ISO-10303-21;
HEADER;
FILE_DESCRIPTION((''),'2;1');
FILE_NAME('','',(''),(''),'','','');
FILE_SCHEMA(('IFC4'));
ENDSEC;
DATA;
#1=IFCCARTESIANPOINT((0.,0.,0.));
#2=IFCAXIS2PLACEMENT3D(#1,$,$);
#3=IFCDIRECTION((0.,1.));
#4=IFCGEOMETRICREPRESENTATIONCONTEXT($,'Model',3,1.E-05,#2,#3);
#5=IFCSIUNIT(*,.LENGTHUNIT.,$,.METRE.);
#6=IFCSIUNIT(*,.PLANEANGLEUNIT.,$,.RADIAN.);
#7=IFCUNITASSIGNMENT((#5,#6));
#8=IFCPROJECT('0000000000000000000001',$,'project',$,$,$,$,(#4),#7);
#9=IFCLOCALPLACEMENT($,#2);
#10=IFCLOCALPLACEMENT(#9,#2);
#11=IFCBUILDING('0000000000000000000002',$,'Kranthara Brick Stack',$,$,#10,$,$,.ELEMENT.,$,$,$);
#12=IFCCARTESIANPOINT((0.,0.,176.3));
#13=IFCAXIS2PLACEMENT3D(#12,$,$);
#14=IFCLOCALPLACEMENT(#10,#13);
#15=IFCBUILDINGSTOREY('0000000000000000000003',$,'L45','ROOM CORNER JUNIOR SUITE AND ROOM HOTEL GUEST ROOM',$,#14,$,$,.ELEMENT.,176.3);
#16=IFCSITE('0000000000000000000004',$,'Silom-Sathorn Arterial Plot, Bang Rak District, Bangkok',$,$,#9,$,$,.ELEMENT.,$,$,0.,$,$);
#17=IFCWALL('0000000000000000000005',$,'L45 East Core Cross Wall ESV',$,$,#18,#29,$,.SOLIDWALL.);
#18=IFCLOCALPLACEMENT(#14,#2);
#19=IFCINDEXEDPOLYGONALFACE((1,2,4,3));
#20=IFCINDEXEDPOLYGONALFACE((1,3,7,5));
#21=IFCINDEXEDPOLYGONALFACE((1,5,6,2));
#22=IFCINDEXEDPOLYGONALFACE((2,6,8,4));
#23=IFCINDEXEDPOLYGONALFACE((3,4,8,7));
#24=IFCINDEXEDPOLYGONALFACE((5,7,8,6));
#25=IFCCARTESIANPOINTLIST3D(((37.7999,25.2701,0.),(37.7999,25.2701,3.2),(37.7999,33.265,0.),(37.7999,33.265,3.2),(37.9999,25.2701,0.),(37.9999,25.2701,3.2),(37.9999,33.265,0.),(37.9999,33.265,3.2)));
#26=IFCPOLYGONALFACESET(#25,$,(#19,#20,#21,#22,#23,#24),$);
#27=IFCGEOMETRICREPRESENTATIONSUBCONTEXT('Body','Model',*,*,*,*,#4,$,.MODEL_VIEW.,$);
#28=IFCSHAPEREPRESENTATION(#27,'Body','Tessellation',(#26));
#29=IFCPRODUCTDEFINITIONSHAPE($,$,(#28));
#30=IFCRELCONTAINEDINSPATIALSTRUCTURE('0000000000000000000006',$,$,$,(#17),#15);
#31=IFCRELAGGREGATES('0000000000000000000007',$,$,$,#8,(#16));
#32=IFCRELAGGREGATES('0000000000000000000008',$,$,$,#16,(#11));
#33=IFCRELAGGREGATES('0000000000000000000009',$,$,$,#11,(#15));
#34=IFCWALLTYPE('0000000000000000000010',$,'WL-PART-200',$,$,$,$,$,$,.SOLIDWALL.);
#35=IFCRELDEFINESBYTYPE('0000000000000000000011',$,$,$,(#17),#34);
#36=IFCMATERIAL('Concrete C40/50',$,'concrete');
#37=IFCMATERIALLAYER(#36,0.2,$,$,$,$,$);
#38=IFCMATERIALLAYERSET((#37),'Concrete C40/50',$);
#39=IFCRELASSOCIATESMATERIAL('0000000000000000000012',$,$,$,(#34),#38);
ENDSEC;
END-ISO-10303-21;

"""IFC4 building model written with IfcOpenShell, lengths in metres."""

from ifc_helpers import new_model, si_unit, direction, frame, frame_2d, origin, place, context, subcontext, project, spatial, rectangle, extrude, material, layer, layer_set, type_object, element, save


model = new_model("IFC4")

# Units and contexts
model_context = context("Model", 3, precision=1e-05, world=origin(), true_north=direction((0.0, 1.0)))
body_context = subcontext(model_context, "Body", "Model", "MODEL_VIEW")
ifc_project = project(units=[si_unit("LENGTHUNIT", "METRE"), si_unit("PLANEANGLEUNIT", "RADIAN")], contexts=[model_context])

# Site, building, storey
site_placement = place(None, origin())
site = spatial("IfcSite", under=ifc_project, at=site_placement, Name="Silom-Sathorn Arterial Plot, Bang Rak District, Bangkok", CompositionType="ELEMENT", RefElevation=0.0)
building_placement = place(site_placement, origin())
building = spatial("IfcBuilding", under=site, at=building_placement, Name="Kranthara Brick Stack", CompositionType="ELEMENT")
storey_placement = place(building_placement, frame((0.0, 0.0, 176.3)))
storey = spatial("IfcBuildingStorey", under=building, at=storey_placement, Name="L45", Description="ROOM CORNER JUNIOR SUITE AND ROOM HOTEL GUEST ROOM", CompositionType="ELEMENT", Elevation=176.3)

# Wall
ifc_material_1 = material(Name="Concrete C40/50", Category="concrete")
ifc_layer_1 = layer(ifc_material_1, 0.2)
ifc_layer_set_1 = layer_set([ifc_layer_1], Name="Concrete C40/50")
wall_type_1 = type_object("IfcWallType", Name="WL-PART-200", PredefinedType="SOLIDWALL", material=ifc_layer_set_1)
wall_1_placement = place(storey_placement, frame((37.8999, 25.27, 0.0), z_axis=(0.0, 0.0, 1.0), x_axis=(0.0, 1.0, 0.0)))
element("IfcWall", 1, at=wall_1_placement, inside=storey, type_object=wall_type_1, Name="L45 East Core Cross Wall ESV", PredefinedType="SOLIDWALL", context=body_context, shape_type="SweptSolid", body=[
    extrude(rectangle(XDim=7.9949, YDim=0.2, at=frame_2d((3.9976, 0.0))), origin(), (0.0, 0.0, 1.0), 3.2),
])

save(model, "model.ifc")
